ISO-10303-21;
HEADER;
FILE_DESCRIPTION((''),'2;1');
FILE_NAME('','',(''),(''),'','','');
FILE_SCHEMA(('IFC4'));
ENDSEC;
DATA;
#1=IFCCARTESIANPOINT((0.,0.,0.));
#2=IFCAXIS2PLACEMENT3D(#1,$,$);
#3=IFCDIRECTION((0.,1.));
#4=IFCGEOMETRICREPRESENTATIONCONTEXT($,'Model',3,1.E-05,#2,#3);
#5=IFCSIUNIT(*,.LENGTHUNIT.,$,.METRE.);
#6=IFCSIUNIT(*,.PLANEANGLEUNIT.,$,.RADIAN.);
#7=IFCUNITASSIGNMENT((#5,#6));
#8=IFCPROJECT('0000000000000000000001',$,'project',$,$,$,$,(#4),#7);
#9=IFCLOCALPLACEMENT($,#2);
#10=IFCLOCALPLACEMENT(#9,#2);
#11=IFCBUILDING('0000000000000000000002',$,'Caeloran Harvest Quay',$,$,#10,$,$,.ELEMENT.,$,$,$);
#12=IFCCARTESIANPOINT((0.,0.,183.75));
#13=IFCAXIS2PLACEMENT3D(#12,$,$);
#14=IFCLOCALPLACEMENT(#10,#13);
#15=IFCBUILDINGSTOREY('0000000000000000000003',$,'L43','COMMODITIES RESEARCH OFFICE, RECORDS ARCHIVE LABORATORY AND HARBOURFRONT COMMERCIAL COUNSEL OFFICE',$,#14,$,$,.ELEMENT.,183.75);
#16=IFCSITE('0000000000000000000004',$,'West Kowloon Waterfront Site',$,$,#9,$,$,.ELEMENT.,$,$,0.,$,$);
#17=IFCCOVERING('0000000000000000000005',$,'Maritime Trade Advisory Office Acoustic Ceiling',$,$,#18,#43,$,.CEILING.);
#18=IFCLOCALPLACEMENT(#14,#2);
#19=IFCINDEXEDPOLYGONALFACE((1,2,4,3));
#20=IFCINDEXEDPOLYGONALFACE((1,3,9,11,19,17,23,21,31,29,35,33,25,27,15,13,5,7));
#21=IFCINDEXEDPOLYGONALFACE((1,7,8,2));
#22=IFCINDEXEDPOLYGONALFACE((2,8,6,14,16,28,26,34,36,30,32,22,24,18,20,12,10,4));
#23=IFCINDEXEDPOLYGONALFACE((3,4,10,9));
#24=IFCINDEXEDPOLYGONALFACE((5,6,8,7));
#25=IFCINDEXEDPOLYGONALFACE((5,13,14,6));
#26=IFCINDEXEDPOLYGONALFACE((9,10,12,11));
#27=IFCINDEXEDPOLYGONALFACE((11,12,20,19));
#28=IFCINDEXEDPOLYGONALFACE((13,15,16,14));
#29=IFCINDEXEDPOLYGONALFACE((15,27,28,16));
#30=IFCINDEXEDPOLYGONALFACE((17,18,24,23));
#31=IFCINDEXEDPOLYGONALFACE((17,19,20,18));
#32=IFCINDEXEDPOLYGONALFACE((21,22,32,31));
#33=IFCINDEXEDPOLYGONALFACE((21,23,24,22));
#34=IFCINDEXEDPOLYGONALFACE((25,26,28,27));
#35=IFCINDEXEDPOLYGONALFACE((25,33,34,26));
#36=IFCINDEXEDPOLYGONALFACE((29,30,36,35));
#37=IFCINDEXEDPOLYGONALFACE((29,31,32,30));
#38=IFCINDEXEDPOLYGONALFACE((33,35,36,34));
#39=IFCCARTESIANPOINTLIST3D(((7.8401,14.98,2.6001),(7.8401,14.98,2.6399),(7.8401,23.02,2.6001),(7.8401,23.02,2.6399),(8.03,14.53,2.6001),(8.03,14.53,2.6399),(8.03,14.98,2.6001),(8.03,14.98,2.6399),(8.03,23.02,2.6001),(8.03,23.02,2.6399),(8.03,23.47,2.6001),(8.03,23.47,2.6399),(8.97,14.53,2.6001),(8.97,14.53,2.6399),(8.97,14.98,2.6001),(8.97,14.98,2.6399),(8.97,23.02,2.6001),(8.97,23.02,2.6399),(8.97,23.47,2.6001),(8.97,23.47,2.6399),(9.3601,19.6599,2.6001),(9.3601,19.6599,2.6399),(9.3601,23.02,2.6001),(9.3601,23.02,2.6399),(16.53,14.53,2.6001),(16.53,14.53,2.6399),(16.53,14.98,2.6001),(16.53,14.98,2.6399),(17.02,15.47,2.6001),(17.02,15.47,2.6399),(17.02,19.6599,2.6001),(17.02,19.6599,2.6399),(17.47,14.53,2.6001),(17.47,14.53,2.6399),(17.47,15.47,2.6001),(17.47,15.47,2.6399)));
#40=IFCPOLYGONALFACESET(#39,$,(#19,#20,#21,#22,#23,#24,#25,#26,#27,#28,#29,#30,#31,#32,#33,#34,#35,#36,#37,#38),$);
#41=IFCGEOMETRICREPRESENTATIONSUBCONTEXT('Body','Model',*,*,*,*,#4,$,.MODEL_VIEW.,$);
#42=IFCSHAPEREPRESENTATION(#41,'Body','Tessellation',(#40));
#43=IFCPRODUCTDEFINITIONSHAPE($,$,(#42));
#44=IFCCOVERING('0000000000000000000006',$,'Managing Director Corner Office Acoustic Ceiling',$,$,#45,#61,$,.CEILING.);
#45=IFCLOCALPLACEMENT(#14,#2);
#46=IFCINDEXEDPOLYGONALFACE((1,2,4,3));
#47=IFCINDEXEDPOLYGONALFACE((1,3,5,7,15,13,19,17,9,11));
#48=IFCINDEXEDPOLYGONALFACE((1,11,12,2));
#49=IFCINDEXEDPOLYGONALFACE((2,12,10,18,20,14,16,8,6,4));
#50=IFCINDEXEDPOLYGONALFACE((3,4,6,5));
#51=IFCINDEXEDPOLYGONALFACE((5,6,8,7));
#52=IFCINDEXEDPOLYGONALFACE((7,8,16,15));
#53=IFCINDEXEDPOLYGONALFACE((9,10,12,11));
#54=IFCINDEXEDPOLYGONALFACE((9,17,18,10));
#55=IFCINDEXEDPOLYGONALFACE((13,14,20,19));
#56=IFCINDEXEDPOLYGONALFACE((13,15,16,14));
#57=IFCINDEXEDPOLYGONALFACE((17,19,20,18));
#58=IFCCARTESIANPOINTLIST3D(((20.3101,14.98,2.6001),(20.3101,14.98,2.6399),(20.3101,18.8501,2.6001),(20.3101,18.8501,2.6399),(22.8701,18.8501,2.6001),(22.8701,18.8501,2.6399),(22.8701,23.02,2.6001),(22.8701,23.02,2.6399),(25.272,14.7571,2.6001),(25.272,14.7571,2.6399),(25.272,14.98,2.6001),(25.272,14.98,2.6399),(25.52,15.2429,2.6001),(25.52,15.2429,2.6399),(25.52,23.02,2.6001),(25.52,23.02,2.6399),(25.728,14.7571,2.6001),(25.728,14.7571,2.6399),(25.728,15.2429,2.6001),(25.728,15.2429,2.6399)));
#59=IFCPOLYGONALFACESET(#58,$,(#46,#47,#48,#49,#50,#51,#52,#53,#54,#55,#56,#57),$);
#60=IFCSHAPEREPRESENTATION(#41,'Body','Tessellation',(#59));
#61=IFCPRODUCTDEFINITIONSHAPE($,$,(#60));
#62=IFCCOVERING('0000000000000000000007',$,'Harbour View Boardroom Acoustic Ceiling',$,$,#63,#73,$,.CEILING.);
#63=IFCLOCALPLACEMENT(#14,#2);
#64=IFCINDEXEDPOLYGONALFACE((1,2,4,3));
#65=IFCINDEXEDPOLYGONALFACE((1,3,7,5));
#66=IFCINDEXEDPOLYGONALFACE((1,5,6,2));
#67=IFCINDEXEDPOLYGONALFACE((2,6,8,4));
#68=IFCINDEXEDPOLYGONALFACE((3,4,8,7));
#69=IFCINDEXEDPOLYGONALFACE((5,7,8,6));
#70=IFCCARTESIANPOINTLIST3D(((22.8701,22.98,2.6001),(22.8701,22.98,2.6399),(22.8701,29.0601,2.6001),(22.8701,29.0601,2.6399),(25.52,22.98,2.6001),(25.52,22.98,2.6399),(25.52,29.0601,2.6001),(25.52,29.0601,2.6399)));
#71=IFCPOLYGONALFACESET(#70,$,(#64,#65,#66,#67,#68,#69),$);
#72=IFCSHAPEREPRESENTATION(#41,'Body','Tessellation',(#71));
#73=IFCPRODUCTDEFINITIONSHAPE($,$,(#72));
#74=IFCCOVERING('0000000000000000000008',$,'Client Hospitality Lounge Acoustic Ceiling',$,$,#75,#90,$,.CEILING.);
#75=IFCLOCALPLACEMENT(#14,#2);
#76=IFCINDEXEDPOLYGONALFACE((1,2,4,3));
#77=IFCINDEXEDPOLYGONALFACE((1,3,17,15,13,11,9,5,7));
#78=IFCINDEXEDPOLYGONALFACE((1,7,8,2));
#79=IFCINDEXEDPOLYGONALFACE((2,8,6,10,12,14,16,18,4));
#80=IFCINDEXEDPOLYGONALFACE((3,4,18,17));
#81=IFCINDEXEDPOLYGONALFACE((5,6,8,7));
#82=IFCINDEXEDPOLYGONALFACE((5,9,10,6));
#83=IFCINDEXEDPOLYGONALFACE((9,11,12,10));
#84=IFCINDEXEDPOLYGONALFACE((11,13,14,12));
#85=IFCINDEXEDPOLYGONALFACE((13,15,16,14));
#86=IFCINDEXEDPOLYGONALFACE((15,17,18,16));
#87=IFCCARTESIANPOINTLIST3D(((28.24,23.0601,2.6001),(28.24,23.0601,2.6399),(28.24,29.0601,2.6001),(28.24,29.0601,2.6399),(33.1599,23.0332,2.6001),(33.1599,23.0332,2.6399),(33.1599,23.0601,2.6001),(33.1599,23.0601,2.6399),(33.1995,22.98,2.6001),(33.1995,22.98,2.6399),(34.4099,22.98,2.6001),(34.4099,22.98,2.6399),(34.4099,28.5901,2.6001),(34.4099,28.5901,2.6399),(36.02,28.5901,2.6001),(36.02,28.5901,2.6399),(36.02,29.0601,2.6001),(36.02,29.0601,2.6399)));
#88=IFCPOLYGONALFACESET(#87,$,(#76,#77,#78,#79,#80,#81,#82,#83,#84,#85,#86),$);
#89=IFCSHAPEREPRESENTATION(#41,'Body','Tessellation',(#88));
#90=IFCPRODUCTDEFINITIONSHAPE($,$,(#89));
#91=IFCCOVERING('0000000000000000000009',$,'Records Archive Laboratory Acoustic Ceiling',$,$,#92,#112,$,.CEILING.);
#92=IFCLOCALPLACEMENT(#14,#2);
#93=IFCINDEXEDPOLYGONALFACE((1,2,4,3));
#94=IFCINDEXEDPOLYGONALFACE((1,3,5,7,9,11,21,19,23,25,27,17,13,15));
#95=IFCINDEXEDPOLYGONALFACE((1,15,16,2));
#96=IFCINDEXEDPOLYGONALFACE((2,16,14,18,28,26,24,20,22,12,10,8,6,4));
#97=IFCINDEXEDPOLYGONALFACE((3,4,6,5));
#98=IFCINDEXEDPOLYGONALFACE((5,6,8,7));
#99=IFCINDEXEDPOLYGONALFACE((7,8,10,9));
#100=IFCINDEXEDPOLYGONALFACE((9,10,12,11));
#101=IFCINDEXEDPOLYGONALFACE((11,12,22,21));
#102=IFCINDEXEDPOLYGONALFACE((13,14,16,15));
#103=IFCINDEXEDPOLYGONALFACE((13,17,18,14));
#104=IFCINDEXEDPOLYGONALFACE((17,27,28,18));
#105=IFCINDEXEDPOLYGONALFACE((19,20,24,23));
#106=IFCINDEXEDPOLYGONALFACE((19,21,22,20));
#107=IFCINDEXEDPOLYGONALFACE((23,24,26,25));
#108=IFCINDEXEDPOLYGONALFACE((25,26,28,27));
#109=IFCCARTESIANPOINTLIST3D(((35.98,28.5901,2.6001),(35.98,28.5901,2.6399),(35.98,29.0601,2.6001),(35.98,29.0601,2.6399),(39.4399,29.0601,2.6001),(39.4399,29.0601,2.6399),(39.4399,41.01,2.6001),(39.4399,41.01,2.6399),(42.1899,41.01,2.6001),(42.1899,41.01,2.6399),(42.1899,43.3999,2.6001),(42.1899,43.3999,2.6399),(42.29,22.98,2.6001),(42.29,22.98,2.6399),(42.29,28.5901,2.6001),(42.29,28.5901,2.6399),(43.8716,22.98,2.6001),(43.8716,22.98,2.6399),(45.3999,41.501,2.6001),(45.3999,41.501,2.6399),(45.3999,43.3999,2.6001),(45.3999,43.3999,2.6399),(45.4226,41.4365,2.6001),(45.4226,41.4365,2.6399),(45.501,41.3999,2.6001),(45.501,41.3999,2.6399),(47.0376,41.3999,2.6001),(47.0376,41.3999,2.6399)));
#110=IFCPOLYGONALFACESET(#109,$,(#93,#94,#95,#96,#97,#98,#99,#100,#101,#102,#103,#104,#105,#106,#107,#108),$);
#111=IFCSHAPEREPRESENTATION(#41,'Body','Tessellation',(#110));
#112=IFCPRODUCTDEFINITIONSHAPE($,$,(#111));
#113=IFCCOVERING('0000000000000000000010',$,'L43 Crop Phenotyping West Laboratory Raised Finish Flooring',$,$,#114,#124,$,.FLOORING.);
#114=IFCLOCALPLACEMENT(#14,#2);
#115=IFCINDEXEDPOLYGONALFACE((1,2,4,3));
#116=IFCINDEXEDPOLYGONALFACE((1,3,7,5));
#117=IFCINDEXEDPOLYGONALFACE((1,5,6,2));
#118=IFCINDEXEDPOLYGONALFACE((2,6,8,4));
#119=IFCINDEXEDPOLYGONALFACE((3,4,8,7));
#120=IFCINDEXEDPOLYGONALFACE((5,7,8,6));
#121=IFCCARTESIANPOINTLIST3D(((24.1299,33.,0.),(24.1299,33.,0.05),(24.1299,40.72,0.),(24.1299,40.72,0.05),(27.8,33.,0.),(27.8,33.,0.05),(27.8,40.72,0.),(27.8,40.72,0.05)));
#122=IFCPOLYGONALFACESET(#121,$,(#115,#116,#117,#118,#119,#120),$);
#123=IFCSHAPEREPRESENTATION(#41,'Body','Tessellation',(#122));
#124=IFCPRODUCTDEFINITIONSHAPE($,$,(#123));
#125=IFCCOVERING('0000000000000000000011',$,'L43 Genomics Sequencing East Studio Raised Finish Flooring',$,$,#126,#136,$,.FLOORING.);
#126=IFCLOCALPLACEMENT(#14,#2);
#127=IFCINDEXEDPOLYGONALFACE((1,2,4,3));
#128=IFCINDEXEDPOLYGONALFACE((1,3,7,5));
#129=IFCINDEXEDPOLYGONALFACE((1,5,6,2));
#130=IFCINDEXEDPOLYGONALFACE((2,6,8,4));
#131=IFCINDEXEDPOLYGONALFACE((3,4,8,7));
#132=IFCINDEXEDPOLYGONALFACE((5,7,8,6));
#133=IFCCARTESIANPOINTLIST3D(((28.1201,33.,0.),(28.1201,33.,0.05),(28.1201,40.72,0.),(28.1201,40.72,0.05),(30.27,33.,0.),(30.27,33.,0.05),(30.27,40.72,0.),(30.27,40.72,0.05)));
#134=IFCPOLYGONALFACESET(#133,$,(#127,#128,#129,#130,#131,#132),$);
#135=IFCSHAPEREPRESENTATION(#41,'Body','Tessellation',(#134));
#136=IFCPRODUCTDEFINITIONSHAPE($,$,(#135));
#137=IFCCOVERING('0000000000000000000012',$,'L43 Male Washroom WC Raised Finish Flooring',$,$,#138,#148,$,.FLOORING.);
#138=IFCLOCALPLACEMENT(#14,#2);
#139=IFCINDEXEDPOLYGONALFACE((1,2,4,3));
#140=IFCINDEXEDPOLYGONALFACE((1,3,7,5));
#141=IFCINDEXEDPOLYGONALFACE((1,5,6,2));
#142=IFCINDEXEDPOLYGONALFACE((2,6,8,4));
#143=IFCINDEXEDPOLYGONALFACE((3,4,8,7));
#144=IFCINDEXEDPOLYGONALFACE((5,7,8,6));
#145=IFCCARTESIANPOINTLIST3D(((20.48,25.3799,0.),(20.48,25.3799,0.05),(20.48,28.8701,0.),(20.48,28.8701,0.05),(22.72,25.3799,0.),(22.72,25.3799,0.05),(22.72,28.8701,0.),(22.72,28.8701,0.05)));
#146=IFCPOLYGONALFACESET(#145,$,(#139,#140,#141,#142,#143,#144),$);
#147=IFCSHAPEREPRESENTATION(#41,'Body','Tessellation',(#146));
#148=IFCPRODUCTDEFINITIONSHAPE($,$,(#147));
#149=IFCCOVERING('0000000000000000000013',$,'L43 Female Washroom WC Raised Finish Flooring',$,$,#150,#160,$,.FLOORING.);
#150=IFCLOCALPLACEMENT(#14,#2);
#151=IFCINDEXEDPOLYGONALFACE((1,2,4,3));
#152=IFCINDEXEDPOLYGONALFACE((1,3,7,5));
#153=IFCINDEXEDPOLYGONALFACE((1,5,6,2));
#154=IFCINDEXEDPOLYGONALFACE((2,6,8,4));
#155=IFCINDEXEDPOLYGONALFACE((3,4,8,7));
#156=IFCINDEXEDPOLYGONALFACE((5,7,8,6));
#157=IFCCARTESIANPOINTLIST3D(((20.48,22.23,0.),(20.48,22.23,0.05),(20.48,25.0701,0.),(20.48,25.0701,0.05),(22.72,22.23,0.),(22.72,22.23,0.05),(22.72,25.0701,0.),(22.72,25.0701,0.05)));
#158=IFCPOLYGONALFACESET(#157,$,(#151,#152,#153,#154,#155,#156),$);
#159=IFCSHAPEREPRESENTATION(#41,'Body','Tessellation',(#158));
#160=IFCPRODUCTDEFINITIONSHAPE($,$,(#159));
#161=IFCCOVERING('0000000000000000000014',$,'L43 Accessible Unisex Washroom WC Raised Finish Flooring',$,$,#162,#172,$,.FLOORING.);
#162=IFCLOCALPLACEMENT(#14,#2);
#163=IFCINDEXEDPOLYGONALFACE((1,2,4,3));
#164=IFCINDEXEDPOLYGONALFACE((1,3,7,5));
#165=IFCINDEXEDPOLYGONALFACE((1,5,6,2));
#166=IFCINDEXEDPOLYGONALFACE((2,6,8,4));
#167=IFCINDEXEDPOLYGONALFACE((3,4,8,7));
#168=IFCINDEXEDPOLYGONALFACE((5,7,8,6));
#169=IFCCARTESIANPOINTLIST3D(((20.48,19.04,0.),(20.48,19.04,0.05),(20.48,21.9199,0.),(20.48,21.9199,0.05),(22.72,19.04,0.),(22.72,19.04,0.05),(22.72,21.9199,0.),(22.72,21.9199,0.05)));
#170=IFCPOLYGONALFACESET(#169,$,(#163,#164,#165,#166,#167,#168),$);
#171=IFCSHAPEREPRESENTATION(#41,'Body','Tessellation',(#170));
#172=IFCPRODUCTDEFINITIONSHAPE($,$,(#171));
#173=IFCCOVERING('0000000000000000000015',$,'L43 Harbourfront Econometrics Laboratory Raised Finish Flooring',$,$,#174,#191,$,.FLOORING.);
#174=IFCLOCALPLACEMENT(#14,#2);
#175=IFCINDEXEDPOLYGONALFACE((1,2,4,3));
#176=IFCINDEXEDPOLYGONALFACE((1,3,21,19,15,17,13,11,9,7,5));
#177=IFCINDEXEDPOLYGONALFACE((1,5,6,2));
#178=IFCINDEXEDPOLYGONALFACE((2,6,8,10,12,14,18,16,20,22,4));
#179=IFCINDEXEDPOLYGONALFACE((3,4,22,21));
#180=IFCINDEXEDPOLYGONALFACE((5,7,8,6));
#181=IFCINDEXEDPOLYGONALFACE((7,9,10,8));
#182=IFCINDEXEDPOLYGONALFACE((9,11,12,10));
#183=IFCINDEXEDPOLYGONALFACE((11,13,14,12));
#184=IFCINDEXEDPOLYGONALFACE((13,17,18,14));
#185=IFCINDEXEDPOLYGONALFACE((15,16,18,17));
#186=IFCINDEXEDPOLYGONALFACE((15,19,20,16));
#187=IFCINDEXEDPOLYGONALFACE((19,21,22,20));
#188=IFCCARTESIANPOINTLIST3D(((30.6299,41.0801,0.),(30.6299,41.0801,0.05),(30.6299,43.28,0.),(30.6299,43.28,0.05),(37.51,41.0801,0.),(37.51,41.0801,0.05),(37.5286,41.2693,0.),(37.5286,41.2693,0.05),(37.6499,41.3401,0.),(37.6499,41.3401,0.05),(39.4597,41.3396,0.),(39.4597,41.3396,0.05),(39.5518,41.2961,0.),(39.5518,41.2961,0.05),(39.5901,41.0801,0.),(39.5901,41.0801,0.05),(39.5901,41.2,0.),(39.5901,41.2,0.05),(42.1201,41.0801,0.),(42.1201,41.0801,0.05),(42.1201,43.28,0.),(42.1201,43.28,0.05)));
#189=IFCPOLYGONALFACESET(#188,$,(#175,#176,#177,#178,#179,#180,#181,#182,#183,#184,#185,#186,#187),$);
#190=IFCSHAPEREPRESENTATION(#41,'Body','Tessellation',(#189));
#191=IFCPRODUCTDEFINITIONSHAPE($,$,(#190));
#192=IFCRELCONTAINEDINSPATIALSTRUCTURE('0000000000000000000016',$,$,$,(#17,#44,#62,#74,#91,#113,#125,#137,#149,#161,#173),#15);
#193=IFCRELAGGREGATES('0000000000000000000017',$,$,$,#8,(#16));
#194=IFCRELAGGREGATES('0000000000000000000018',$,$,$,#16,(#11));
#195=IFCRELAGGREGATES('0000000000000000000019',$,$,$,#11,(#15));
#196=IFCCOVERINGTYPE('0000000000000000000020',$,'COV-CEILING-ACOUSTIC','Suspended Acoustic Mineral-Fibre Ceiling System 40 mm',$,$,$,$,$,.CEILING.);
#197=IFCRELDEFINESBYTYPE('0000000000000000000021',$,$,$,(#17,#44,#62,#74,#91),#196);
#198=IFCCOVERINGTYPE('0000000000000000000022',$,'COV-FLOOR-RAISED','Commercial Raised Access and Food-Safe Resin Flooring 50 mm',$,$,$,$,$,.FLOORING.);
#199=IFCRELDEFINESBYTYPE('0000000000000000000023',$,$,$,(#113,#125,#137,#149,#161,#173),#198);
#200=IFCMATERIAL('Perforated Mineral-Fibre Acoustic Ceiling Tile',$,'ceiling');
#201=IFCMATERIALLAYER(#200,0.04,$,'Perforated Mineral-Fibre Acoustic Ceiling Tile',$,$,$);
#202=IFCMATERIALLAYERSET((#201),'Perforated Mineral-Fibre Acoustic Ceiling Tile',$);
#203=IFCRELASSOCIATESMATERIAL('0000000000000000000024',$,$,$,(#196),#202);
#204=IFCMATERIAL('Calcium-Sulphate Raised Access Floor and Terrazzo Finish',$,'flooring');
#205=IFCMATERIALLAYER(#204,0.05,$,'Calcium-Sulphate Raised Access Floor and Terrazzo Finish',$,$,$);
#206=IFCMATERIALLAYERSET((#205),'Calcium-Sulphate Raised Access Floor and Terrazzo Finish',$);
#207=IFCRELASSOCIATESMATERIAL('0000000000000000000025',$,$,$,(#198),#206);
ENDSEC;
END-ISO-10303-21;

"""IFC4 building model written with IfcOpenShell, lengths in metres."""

from ifc_helpers import new_model, si_unit, direction, frame, origin, place, context, subcontext, project, spatial, polyline, outline, extrude, material, layer, layer_set, type_object, element, save


model = new_model("IFC4")

# Units and contexts
model_context = context("Model", 3, precision=1e-05, world=origin(), true_north=direction((0.0, 1.0)))
body_context = subcontext(model_context, "Body", "Model", "MODEL_VIEW")
ifc_project = project(units=[si_unit("LENGTHUNIT", "METRE"), si_unit("PLANEANGLEUNIT", "RADIAN")], contexts=[model_context])

# Site, building, storey
site_placement = place(None, origin())
site = spatial("IfcSite", under=ifc_project, at=site_placement, Name="West Kowloon Waterfront Site", CompositionType="ELEMENT", RefElevation=0.0)
building_placement = place(site_placement, origin())
building = spatial("IfcBuilding", under=site, at=building_placement, Name="Caeloran Harvest Quay", CompositionType="ELEMENT")
storey_placement = place(building_placement, frame((0.0, 0.0, 183.75)))
storey = spatial("IfcBuildingStorey", under=building, at=storey_placement, Name="L43", Description="COMMODITIES RESEARCH OFFICE, RECORDS ARCHIVE LABORATORY AND HARBOURFRONT COMMERCIAL COUNSEL OFFICE", CompositionType="ELEMENT", Elevation=183.75)

# Coverings
ifc_material_1 = material(Name="Perforated Mineral-Fibre Acoustic Ceiling Tile", Category="ceiling")
ifc_layer_1 = layer(ifc_material_1, 0.04, Name="Perforated Mineral-Fibre Acoustic Ceiling Tile")
ifc_layer_set_1 = layer_set([ifc_layer_1], Name="Perforated Mineral-Fibre Acoustic Ceiling Tile")
covering_type_1 = type_object("IfcCoveringType", Name="COV-CEILING-ACOUSTIC", Description="Suspended Acoustic Mineral-Fibre Ceiling System 40 mm", PredefinedType="CEILING", material=ifc_layer_set_1)
covering_1_placement = place(storey_placement, frame((0.0, 0.0, 2.6001)))
element("IfcCovering", 1, at=covering_1_placement, inside=storey, type_object=covering_type_1, Name="Maritime Trade Advisory Office Acoustic Ceiling", PredefinedType="CEILING", context=body_context, shape_type="SweptSolid", body=[
    extrude(outline(polyline([(8.03, 14.98), (7.8401, 14.98), (7.8401, 23.02), (8.03, 23.02), (8.03, 23.47), (8.97, 23.47), (8.97, 23.02), (9.3601, 23.02), (9.3601, 19.6599), (17.02, 19.6599), (17.02, 15.47), (17.47, 15.47), (17.47, 14.53), (16.53, 14.53), (16.53, 14.98), (8.97, 14.98), (8.97, 14.53), (8.03, 14.53), (8.03, 14.98)])), origin(), (0.0, 0.0, 1.0), 0.0398),
])
covering_2_placement = place(storey_placement, frame((0.0, 0.0, 2.6001)))
element("IfcCovering", 2, at=covering_2_placement, inside=storey, type_object=covering_type_1, Name="Managing Director Corner Office Acoustic Ceiling", PredefinedType="CEILING", context=body_context, shape_type="SweptSolid", body=[
    extrude(outline(polyline([(25.728, 15.2429), (25.728, 14.7571), (25.272, 14.7571), (25.272, 14.98), (20.3101, 14.98), (20.3101, 18.8501), (22.8701, 18.8501), (22.8701, 23.02), (25.52, 23.02), (25.52, 15.2429), (25.728, 15.2429)])), origin(), (0.0, 0.0, 1.0), 0.0398),
])
covering_3_placement = place(storey_placement, frame((0.0, 0.0, 2.6001)))
element("IfcCovering", 3, at=covering_3_placement, inside=storey, type_object=covering_type_1, Name="Harbour View Boardroom Acoustic Ceiling", PredefinedType="CEILING", context=body_context, shape_type="SweptSolid", body=[
    extrude(outline(polyline([(22.8701, 22.98), (22.8701, 29.0601), (25.52, 29.0601), (25.52, 22.98), (22.8701, 22.98)])), origin(), (0.0, 0.0, 1.0), 0.0398),
])
covering_4_placement = place(storey_placement, frame((0.0, 0.0, 2.6001)))
element("IfcCovering", 4, at=covering_4_placement, inside=storey, type_object=covering_type_1, Name="Client Hospitality Lounge Acoustic Ceiling", PredefinedType="CEILING", context=body_context, shape_type="SweptSolid", body=[
    extrude(outline(polyline([(33.1599, 23.0601), (28.24, 23.0601), (28.24, 29.0601), (36.02, 29.0601), (36.02, 28.5901), (34.4099, 28.5901), (34.4099, 22.98), (33.1995, 22.98), (33.1599, 23.0332), (33.1599, 23.0601)])), origin(), (0.0, 0.0, 1.0), 0.0398),
])
covering_5_placement = place(storey_placement, frame((0.0, 0.0, 2.6001)))
element("IfcCovering", 5, at=covering_5_placement, inside=storey, type_object=covering_type_1, Name="Records Archive Laboratory Acoustic Ceiling", PredefinedType="CEILING", context=body_context, shape_type="SweptSolid", body=[
    extrude(outline(polyline([(42.1899, 41.01), (42.1899, 43.3999), (45.3999, 43.3999), (45.3999, 41.501), (45.4226, 41.4365), (45.501, 41.3999), (47.0376, 41.3999), (43.8716, 22.98), (42.29, 22.98), (42.29, 28.5901), (35.98, 28.5901), (35.98, 29.0601), (39.4399, 29.0601), (39.4399, 41.01), (42.1899, 41.01)])), origin(), (0.0, 0.0, 1.0), 0.0398),
])
ifc_material_2 = material(Name="Calcium-Sulphate Raised Access Floor and Terrazzo Finish", Category="flooring")
ifc_layer_2 = layer(ifc_material_2, 0.05, Name="Calcium-Sulphate Raised Access Floor and Terrazzo Finish")
ifc_layer_set_2 = layer_set([ifc_layer_2], Name="Calcium-Sulphate Raised Access Floor and Terrazzo Finish")
covering_type_2 = type_object("IfcCoveringType", Name="COV-FLOOR-RAISED", Description="Commercial Raised Access and Food-Safe Resin Flooring 50 mm", PredefinedType="FLOORING", material=ifc_layer_set_2)
covering_6_placement = place(storey_placement, origin())
element("IfcCovering", 6, at=covering_6_placement, inside=storey, type_object=covering_type_2, Name="L43 Crop Phenotyping West Laboratory Raised Finish Flooring", PredefinedType="FLOORING", context=body_context, shape_type="SweptSolid", body=[
    extrude(outline(polyline([(27.8, 40.72), (27.8, 33.0), (24.1299, 33.0), (24.1299, 40.72), (27.8, 40.72)])), origin(), (0.0, 0.0, 1.0), 0.05),
])
covering_7_placement = place(storey_placement, origin())
element("IfcCovering", 7, at=covering_7_placement, inside=storey, type_object=covering_type_2, Name="L43 Genomics Sequencing East Studio Raised Finish Flooring", PredefinedType="FLOORING", context=body_context, shape_type="SweptSolid", body=[
    extrude(outline(polyline([(30.27, 40.72), (30.27, 33.0), (28.1201, 33.0), (28.1201, 40.72), (30.27, 40.72)])), origin(), (0.0, 0.0, 1.0), 0.05),
])
covering_8_placement = place(storey_placement, origin())
element("IfcCovering", 8, at=covering_8_placement, inside=storey, type_object=covering_type_2, Name="L43 Male Washroom WC Raised Finish Flooring", PredefinedType="FLOORING", context=body_context, shape_type="SweptSolid", body=[
    extrude(outline(polyline([(22.72, 28.8701), (22.72, 25.3799), (20.48, 25.3799), (20.48, 28.8701), (22.72, 28.8701)])), origin(), (0.0, 0.0, 1.0), 0.05),
])
covering_9_placement = place(storey_placement, origin())
element("IfcCovering", 9, at=covering_9_placement, inside=storey, type_object=covering_type_2, Name="L43 Female Washroom WC Raised Finish Flooring", PredefinedType="FLOORING", context=body_context, shape_type="SweptSolid", body=[
    extrude(outline(polyline([(22.72, 25.0701), (22.72, 22.23), (20.48, 22.23), (20.48, 25.0701), (22.72, 25.0701)])), origin(), (0.0, 0.0, 1.0), 0.05),
])
covering_10_placement = place(storey_placement, origin())
element("IfcCovering", 10, at=covering_10_placement, inside=storey, type_object=covering_type_2, Name="L43 Accessible Unisex Washroom WC Raised Finish Flooring", PredefinedType="FLOORING", context=body_context, shape_type="SweptSolid", body=[
    extrude(outline(polyline([(22.72, 21.9199), (22.72, 19.04), (20.48, 19.04), (20.48, 21.9199), (22.72, 21.9199)])), origin(), (0.0, 0.0, 1.0), 0.05),
])
covering_11_placement = place(storey_placement, origin())
element("IfcCovering", 11, at=covering_11_placement, inside=storey, type_object=covering_type_2, Name="L43 Harbourfront Econometrics Laboratory Raised Finish Flooring", PredefinedType="FLOORING", context=body_context, shape_type="SweptSolid", body=[
    extrude(outline(polyline([(39.5901, 41.2), (39.5518, 41.2961), (39.4597, 41.3396), (37.6499, 41.3401), (37.5286, 41.2693), (37.51, 41.0801), (30.6299, 41.0801), (30.6299, 43.28), (42.1201, 43.28), (42.1201, 41.0801), (39.5901, 41.0801), (39.5901, 41.2)])), origin(), (0.0, 0.0, 1.0), 0.05),
])

save(model, "model.ifc")
